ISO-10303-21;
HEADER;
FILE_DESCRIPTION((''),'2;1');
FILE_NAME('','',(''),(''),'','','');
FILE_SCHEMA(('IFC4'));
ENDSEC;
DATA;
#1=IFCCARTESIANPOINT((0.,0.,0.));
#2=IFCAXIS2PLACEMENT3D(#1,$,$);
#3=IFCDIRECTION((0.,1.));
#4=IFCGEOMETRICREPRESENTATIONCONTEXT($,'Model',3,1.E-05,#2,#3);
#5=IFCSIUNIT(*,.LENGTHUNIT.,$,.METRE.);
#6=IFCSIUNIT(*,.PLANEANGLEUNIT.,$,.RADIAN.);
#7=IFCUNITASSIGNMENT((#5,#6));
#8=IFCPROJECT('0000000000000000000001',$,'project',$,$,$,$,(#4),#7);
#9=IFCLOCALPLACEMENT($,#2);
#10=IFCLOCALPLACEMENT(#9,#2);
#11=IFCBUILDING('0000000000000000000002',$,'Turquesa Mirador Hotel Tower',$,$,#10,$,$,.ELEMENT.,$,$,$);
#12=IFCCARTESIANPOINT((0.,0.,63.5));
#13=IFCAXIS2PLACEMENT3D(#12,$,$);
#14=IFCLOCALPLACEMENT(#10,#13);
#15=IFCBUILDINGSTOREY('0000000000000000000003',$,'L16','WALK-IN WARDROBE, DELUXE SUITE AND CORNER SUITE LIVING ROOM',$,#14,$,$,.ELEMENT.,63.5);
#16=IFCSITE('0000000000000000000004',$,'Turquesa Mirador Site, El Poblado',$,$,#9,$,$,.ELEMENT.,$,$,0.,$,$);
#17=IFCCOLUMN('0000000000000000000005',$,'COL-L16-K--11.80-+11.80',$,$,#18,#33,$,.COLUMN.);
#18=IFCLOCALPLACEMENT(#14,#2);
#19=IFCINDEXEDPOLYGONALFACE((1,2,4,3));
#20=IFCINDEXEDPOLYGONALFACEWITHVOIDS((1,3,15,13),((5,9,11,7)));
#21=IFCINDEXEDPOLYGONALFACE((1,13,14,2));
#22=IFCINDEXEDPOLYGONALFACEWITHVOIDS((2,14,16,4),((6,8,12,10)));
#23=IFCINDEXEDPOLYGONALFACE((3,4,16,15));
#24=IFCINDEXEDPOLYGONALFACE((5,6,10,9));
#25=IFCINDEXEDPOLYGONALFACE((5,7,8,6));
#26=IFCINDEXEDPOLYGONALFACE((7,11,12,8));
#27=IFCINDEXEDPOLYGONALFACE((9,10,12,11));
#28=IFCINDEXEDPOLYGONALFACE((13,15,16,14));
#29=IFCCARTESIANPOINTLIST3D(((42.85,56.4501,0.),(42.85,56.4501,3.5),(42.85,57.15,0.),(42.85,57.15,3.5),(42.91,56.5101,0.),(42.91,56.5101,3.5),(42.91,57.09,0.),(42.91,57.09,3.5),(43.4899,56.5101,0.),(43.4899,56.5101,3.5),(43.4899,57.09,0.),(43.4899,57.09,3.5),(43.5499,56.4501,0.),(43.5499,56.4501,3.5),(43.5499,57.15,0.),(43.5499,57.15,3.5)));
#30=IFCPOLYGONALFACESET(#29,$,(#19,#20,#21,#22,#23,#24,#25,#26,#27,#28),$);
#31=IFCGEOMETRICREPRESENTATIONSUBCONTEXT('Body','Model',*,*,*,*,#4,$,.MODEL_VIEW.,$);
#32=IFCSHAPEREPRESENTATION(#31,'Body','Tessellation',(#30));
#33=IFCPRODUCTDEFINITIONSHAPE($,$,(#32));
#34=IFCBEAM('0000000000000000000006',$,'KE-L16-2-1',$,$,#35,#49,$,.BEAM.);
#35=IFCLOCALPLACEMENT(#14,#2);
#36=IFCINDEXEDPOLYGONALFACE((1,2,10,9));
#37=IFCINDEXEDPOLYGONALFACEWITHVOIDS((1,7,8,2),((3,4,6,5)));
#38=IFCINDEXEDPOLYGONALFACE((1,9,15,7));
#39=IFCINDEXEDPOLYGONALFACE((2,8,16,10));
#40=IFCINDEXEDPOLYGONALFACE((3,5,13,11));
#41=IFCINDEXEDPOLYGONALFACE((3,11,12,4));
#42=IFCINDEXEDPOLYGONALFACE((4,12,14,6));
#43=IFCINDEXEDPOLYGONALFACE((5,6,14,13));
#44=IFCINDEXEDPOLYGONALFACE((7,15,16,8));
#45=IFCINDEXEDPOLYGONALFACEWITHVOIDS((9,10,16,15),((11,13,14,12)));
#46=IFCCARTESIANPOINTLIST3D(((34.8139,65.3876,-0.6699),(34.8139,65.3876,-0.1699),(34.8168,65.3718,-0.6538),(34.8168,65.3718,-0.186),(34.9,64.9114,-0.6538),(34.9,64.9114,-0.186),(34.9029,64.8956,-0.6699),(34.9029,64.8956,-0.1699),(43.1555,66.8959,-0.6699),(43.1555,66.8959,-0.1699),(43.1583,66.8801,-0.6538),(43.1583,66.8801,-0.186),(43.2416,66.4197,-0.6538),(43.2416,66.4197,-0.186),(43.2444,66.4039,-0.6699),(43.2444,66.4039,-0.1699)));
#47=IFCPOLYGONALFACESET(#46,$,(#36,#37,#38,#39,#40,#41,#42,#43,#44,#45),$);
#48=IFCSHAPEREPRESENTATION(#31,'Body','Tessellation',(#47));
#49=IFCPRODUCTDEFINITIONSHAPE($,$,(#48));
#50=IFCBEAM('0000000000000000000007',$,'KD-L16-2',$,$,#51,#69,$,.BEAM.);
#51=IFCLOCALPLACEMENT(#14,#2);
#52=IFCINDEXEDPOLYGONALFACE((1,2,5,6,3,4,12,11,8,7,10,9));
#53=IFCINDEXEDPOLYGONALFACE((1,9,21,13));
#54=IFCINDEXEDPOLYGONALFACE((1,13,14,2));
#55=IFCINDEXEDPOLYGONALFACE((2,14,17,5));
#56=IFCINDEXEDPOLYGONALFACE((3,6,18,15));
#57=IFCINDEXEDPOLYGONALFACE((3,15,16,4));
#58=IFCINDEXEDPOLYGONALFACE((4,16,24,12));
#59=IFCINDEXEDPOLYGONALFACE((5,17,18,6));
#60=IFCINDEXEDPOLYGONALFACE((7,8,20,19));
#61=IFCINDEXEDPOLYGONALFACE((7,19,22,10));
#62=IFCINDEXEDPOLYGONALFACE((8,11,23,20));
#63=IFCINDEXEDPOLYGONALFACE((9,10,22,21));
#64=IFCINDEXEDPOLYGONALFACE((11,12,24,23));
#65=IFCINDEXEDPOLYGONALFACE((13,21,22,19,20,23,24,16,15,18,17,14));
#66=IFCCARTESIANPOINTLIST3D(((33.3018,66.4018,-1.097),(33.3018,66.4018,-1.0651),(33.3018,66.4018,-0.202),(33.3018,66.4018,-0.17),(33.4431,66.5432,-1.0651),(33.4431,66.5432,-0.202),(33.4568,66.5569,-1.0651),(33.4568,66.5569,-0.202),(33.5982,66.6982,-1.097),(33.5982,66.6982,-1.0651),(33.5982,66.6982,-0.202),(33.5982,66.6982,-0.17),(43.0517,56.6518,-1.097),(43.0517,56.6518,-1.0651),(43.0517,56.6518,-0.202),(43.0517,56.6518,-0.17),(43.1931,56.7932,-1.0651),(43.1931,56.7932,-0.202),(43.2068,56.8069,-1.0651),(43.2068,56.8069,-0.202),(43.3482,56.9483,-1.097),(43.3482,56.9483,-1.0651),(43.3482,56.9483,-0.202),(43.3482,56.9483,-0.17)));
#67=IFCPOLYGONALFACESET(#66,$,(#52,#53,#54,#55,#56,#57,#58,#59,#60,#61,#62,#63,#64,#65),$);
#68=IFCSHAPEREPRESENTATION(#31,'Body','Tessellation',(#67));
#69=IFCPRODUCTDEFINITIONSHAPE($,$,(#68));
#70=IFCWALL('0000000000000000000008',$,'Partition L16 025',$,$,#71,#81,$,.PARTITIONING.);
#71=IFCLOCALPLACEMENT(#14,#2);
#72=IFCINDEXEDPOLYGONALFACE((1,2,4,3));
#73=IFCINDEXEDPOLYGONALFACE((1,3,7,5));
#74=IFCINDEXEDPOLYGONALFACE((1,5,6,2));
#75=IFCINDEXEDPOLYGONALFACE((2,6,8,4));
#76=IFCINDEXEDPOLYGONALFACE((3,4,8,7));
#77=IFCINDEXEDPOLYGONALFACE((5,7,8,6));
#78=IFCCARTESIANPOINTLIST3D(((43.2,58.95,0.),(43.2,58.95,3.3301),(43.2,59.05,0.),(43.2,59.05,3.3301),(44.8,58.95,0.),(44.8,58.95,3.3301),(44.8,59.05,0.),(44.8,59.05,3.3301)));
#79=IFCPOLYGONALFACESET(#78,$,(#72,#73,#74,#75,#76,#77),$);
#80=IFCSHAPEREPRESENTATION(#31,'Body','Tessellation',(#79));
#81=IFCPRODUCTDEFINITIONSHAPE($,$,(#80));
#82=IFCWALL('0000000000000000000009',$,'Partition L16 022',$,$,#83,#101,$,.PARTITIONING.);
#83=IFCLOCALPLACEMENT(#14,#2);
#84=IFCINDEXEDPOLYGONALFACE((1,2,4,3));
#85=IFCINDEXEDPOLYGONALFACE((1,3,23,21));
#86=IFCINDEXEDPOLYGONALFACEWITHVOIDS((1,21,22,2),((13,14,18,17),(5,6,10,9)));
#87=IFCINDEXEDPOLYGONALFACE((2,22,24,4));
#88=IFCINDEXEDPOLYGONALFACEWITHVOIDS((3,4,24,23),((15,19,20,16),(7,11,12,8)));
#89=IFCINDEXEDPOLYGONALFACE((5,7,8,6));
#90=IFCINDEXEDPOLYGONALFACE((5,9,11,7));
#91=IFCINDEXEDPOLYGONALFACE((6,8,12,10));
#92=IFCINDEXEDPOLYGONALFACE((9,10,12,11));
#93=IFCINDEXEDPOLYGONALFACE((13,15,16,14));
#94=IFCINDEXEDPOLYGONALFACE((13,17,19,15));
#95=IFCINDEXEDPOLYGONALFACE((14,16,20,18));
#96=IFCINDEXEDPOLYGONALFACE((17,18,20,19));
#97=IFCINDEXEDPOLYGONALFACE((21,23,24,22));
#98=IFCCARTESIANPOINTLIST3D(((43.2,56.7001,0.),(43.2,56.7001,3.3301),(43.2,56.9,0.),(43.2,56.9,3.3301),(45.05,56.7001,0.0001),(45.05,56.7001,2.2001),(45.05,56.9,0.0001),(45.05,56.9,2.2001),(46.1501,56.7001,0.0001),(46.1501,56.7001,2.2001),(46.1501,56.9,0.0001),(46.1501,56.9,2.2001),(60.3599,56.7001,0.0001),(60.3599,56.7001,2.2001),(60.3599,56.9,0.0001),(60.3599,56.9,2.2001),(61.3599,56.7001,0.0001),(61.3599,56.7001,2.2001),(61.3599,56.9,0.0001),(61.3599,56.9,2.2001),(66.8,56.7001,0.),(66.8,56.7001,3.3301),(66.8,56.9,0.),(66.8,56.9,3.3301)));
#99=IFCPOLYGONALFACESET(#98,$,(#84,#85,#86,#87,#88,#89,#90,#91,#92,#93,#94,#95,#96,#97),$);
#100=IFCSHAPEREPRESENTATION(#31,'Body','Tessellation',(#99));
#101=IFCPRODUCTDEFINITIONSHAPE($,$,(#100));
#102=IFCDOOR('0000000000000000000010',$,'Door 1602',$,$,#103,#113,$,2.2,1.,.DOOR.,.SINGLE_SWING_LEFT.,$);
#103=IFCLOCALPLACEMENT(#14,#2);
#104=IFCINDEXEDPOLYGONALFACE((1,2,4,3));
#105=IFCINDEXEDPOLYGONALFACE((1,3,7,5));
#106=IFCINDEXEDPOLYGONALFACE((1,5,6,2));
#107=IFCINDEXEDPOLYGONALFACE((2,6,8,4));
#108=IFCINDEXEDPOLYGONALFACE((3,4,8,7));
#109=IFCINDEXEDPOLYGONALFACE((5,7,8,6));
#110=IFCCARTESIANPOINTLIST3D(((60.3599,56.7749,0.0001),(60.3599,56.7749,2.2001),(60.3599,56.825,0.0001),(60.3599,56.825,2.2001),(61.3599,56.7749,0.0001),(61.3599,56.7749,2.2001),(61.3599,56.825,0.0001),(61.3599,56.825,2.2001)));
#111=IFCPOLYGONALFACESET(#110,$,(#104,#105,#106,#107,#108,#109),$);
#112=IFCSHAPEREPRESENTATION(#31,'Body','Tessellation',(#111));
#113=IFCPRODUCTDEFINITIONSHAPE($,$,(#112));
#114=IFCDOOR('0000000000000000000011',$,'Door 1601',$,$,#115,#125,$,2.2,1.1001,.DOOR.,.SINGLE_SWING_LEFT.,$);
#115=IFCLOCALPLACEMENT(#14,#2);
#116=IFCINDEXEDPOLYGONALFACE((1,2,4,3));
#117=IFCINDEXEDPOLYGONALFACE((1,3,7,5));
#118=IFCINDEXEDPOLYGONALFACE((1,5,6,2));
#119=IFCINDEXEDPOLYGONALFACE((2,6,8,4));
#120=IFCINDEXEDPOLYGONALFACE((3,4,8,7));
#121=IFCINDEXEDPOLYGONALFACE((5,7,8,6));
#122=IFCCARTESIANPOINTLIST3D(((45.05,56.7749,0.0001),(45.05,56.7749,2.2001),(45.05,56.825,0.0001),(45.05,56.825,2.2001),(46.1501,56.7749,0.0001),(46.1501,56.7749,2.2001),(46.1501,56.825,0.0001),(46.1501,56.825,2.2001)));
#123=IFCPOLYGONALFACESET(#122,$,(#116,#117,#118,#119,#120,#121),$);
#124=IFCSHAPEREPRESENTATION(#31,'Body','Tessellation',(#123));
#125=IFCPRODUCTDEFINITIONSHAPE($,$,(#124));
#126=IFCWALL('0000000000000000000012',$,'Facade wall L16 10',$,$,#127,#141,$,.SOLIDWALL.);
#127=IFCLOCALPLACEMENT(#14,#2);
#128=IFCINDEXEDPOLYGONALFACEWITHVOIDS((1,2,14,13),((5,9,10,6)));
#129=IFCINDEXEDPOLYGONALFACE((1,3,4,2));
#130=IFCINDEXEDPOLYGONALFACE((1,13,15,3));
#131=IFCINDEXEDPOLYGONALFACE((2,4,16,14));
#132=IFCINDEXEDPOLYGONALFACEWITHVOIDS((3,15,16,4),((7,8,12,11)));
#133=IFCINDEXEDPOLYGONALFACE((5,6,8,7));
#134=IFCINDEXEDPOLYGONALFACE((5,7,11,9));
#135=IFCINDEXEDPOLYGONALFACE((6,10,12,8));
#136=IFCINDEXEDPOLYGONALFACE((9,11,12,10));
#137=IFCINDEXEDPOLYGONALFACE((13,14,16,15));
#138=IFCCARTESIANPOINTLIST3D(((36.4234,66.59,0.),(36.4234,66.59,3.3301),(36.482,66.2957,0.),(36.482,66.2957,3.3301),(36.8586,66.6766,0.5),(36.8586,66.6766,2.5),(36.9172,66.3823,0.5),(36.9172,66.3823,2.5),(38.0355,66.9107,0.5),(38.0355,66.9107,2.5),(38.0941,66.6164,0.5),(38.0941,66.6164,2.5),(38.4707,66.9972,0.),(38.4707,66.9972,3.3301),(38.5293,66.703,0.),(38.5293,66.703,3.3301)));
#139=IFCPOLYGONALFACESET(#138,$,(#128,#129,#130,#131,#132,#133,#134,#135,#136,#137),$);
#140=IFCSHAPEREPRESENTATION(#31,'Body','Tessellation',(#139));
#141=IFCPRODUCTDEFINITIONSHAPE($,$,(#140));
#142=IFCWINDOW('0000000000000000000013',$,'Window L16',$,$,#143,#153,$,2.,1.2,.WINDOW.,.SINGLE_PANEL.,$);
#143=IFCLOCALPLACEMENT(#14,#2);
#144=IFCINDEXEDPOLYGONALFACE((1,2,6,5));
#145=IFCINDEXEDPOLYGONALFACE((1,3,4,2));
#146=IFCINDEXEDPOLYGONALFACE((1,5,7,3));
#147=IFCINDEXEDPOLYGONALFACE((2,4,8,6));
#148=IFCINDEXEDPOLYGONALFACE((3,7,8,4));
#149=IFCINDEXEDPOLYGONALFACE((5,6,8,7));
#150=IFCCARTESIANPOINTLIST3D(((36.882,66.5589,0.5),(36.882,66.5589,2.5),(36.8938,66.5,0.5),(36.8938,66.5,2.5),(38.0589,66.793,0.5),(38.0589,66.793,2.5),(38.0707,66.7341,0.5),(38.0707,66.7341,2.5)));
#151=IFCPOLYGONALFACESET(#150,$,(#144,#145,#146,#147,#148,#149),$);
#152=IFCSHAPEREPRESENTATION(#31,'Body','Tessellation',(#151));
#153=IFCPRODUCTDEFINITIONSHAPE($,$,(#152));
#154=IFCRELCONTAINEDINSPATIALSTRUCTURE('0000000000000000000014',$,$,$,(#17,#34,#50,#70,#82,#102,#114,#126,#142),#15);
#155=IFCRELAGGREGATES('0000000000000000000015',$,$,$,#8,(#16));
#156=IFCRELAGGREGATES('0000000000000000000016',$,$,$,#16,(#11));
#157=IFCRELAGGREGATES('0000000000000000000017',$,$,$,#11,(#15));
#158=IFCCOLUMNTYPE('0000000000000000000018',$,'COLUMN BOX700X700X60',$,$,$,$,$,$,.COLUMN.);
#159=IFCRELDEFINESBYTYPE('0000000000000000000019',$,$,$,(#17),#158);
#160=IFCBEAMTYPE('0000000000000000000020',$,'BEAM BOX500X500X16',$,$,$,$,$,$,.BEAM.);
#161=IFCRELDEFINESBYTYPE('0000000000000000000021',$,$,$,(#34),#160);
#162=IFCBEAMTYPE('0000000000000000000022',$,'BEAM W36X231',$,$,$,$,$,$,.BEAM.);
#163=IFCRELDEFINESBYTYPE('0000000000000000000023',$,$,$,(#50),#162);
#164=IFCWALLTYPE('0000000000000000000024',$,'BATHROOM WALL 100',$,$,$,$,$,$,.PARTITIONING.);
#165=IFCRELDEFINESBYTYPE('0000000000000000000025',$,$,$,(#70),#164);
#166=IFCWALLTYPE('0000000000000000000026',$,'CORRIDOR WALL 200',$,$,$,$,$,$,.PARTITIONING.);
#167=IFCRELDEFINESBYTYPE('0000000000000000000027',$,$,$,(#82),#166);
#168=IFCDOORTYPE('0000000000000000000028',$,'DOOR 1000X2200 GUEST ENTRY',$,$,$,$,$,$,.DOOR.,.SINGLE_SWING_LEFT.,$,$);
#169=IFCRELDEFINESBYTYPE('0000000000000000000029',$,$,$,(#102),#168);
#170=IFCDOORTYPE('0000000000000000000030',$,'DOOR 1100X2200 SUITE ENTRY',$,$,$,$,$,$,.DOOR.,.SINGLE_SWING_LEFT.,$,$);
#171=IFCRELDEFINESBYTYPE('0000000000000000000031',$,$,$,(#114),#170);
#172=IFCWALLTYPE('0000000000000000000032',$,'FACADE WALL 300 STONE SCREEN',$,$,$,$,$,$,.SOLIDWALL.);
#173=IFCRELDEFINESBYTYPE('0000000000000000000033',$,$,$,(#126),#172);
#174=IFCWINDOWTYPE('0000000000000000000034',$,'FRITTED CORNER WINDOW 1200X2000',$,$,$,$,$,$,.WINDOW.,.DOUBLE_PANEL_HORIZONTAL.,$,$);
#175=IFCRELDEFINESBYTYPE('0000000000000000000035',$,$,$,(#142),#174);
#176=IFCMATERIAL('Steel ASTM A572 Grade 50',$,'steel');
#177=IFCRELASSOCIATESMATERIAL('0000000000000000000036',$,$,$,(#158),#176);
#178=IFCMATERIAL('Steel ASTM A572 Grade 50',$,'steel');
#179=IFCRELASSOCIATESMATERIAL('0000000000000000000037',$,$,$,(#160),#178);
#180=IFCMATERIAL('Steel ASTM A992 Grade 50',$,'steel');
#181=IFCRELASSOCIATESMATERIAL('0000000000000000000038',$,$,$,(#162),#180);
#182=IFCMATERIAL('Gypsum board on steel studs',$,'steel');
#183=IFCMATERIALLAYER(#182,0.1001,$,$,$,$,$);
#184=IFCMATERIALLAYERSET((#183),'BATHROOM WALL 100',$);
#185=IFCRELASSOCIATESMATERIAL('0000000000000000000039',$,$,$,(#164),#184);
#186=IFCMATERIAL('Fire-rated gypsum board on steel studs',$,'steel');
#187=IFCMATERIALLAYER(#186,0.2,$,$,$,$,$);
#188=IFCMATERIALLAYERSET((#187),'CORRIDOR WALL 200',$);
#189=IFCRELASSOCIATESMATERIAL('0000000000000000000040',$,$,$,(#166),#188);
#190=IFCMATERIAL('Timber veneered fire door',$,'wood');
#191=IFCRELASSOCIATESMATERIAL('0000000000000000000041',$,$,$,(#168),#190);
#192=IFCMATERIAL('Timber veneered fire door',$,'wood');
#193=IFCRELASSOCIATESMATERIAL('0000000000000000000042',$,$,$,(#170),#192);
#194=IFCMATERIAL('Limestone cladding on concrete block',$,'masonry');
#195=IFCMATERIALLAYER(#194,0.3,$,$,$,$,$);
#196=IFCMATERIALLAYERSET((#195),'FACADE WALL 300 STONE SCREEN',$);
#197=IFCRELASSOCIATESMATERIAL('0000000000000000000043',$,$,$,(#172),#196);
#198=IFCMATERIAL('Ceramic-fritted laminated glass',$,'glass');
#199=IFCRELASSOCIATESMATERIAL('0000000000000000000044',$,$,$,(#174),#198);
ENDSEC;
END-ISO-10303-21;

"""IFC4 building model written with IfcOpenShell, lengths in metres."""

from ifc_helpers import new_model, si_unit, direction, frame, frame_2d, origin, origin_2d, place, context, subcontext, project, spatial, rectangle, hollow_rectangle, i_section, extrude, material, layer, layer_set, material_profile, profile_set, type_object, element, fill, save


model = new_model("IFC4")

# Units and contexts
model_context = context("Model", 3, precision=1e-05, world=origin(), true_north=direction((0.0, 1.0)))
body_context = subcontext(model_context, "Body", "Model", "MODEL_VIEW")
ifc_project = project(units=[si_unit("LENGTHUNIT", "METRE"), si_unit("PLANEANGLEUNIT", "RADIAN")], contexts=[model_context])

# Site, building, storey
site_placement = place(None, origin())
site = spatial("IfcSite", under=ifc_project, at=site_placement, Name="Turquesa Mirador Site, El Poblado", CompositionType="ELEMENT", RefElevation=0.0)
building_placement = place(site_placement, origin())
building = spatial("IfcBuilding", under=site, at=building_placement, Name="Turquesa Mirador Hotel Tower", CompositionType="ELEMENT")
storey_placement = place(building_placement, frame((0.0, 0.0, 63.5)))
storey = spatial("IfcBuildingStorey", under=building, at=storey_placement, Name="L16", Description="WALK-IN WARDROBE, DELUXE SUITE AND CORNER SUITE LIVING ROOM", CompositionType="ELEMENT", Elevation=63.5)

# Column
ifc_material_1 = material(Name="Steel ASTM A572 Grade 50", Category="steel")
ifc_material_profile_1 = material_profile(ifc_material_1, hollow_rectangle(XDim=0.7, YDim=0.7, WallThickness=0.0601, at=origin_2d()), Name="BOX700X700X60")
ifc_profile_set_1 = profile_set([ifc_material_profile_1], Name="Steel ASTM A572 Grade 50")
column_type = type_object("IfcColumnType", Name="COLUMN BOX700X700X60", PredefinedType="COLUMN", material=ifc_profile_set_1)
column_placement = place(storey_placement, frame((43.2, 56.8, 0.0), z_axis=(0.0, 0.0, 1.0), x_axis=(1.0, 0.0, 0.0)))
element("IfcColumn", 1, at=column_placement, inside=storey, type_object=column_type, Name="COL-L16-K--11.80-+11.80", PredefinedType="COLUMN", context=body_context, shape_type="SweptSolid", body=[
    extrude(hollow_rectangle(XDim=0.7, YDim=0.7, WallThickness=0.0601, at=origin_2d()), origin(), (0.0, 0.0, 1.0), 3.5),
])

# Beams
ifc_material_2 = material(Name="Steel ASTM A572 Grade 50", Category="steel")
ifc_material_profile_2 = material_profile(ifc_material_2, hollow_rectangle(XDim=0.5, YDim=0.5, WallThickness=0.0161, at=origin_2d()), Name="BOX500X500X16")
ifc_profile_set_2 = profile_set([ifc_material_profile_2], Name="Steel ASTM A572 Grade 50")
beam_type_1 = type_object("IfcBeamType", Name="BEAM BOX500X500X16", PredefinedType="BEAM", material=ifc_profile_set_2)
beam_1_placement = place(storey_placement, frame((34.8584, 65.1416, -0.4199), z_axis=(0.984043, 0.177932, 0.0), x_axis=(-0.177932, 0.984043, 0.0)))
element("IfcBeam", 2, at=beam_1_placement, inside=storey, type_object=beam_type_1, Name="KE-L16-2-1", PredefinedType="BEAM", context=body_context, shape_type="SweptSolid", body=[
    extrude(hollow_rectangle(XDim=0.5, YDim=0.5, WallThickness=0.0161, at=origin_2d()), origin(), (0.0, 0.0, 1.0), 8.4768),
])
ifc_material_3 = material(Name="Steel ASTM A992 Grade 50", Category="steel")
ifc_material_profile_3 = material_profile(ifc_material_3, i_section(OverallWidth=0.4192, OverallDepth=0.927, WebThickness=0.0193, FlangeThickness=0.032, at=origin_2d()), Name="W36X231")
ifc_profile_set_3 = profile_set([ifc_material_profile_3], Name="Steel ASTM A992 Grade 50")
beam_type_2 = type_object("IfcBeamType", Name="BEAM W36X231", PredefinedType="BEAM", material=ifc_profile_set_3)
beam_2_placement = place(storey_placement, frame((43.2, 56.8, -0.6335), z_axis=(-0.707107, 0.707107, 0.0), x_axis=(-0.707107, -0.707107, 0.0)))
element("IfcBeam", 3, at=beam_2_placement, inside=storey, type_object=beam_type_2, Name="KD-L16-2", PredefinedType="BEAM", context=body_context, shape_type="SweptSolid", body=[
    extrude(i_section(OverallWidth=0.4192, OverallDepth=0.927, WebThickness=0.0193, FlangeThickness=0.032, at=origin_2d()), origin(), (0.0, 0.0, 1.0), 13.7886),
])

# Wall
ifc_material_4 = material(Name="Gypsum board on steel studs", Category="steel")
ifc_layer_1 = layer(ifc_material_4, 0.1001)
ifc_layer_set_1 = layer_set([ifc_layer_1], Name="BATHROOM WALL 100")
wall_type_1 = type_object("IfcWallType", Name="BATHROOM WALL 100", PredefinedType="PARTITIONING", material=ifc_layer_set_1)
wall_1_placement = place(storey_placement, frame((43.2, 59.0, 0.0), z_axis=(0.0, 0.0, 1.0), x_axis=(1.0, 0.0, 0.0)))
element("IfcWall", 4, at=wall_1_placement, inside=storey, type_object=wall_type_1, Name="Partition L16 025", PredefinedType="PARTITIONING", context=body_context, shape_type="SweptSolid", body=[
    extrude(rectangle(XDim=1.6001, YDim=0.1001, at=frame_2d((0.8, 0.0))), origin(), (0.0, 0.0, 1.0), 3.3301),
])

# Wall, openings, doors
ifc_material_5 = material(Name="Fire-rated gypsum board on steel studs", Category="steel")
ifc_layer_2 = layer(ifc_material_5, 0.2)
ifc_layer_set_2 = layer_set([ifc_layer_2], Name="CORRIDOR WALL 200")
wall_type_2 = type_object("IfcWallType", Name="CORRIDOR WALL 200", PredefinedType="PARTITIONING", material=ifc_layer_set_2)
wall_2_placement = place(storey_placement, frame((43.2, 56.8, 0.0), z_axis=(0.0, 0.0, 1.0), x_axis=(1.0, 0.0, 0.0)))
wall_2 = element("IfcWall", 5, at=wall_2_placement, inside=storey, type_object=wall_type_2, Name="Partition L16 022", PredefinedType="PARTITIONING", context=body_context, shape_type="SweptSolid", body=[
    extrude(rectangle(XDim=23.6001, YDim=0.2, at=frame_2d((11.8, 0.0))), origin(), (0.0, 0.0, 1.0), 3.3301),
])
opening_1_placement = place(wall_2_placement, frame((1.8501, 0.0, 0.0)))
opening_1 = element("IfcOpeningElement", 6, at=opening_1_placement, cuts=wall_2, PredefinedType="OPENING", context=body_context, shape_type="SweptSolid", body=[
    extrude(rectangle(XDim=1.1001, YDim=2.2, at=frame_2d((0.55, 1.1001))), frame((0.0, 0.1099, 0.0), z_axis=(0.0, -1.0, 0.0), x_axis=(1.0, 0.0, 0.0)), (0.0, 0.0, 1.0), 0.22),
])
opening_2_placement = place(wall_2_placement, frame((17.1599, 0.0, 0.0)))
opening_2 = element("IfcOpeningElement", 7, at=opening_2_placement, cuts=wall_2, PredefinedType="OPENING", context=body_context, shape_type="SweptSolid", body=[
    extrude(rectangle(XDim=1.0, YDim=2.2, at=frame_2d((0.5, 1.1001))), frame((0.0, 0.1099, 0.0), z_axis=(0.0, -1.0, 0.0), x_axis=(1.0, 0.0, 0.0)), (0.0, 0.0, 1.0), 0.22),
])
ifc_material_6 = material(Name="Timber veneered fire door", Category="wood")
door_type_1 = type_object("IfcDoorType", Name="DOOR 1000X2200 GUEST ENTRY", OperationType="SINGLE_SWING_LEFT", PredefinedType="DOOR", material=ifc_material_6)
door_1_placement = place(opening_2_placement, origin())
door_1 = element("IfcDoor", 8, at=door_1_placement, inside=storey, type_object=door_type_1, Name="Door 1602", OperationType="SINGLE_SWING_LEFT", OverallHeight=2.2, OverallWidth=1.0, PredefinedType="DOOR", context=body_context, shape_type="SweptSolid", body=[
    extrude(rectangle(XDim=1.0, YDim=2.2, at=frame_2d((0.5, 1.1001))), frame((0.0, 0.0249, 0.0), z_axis=(0.0, -1.0, 0.0), x_axis=(1.0, 0.0, 0.0)), (0.0, 0.0, 1.0), 0.05),
])
fill(opening_2, door_1)
ifc_material_7 = material(Name="Timber veneered fire door", Category="wood")
door_type_2 = type_object("IfcDoorType", Name="DOOR 1100X2200 SUITE ENTRY", OperationType="SINGLE_SWING_LEFT", PredefinedType="DOOR", material=ifc_material_7)
door_2_placement = place(opening_1_placement, origin())
door_2 = element("IfcDoor", 9, at=door_2_placement, inside=storey, type_object=door_type_2, Name="Door 1601", OperationType="SINGLE_SWING_LEFT", OverallHeight=2.2, OverallWidth=1.1001, PredefinedType="DOOR", context=body_context, shape_type="SweptSolid", body=[
    extrude(rectangle(XDim=1.1001, YDim=2.2, at=frame_2d((0.55, 1.1001))), frame((0.0, 0.0249, 0.0), z_axis=(0.0, -1.0, 0.0), x_axis=(1.0, 0.0, 0.0)), (0.0, 0.0, 1.0), 0.05),
])
fill(opening_1, door_2)

# Wall, opening, window
ifc_material_8 = material(Name="Limestone cladding on concrete block", Category="masonry")
ifc_layer_3 = layer(ifc_material_8, 0.3)
ifc_layer_set_3 = layer_set([ifc_layer_3], Name="FACADE WALL 300 STONE SCREEN")
wall_type_3 = type_object("IfcWallType", Name="FACADE WALL 300 STONE SCREEN", PredefinedType="SOLIDWALL", material=ifc_layer_set_3)
wall_3_placement = place(storey_placement, frame((38.5, 66.8501, 0.0), z_axis=(0.0, 0.0, 1.0), x_axis=(-0.980787, -0.195081, 0.0)))
wall_3 = element("IfcWall", 10, at=wall_3_placement, inside=storey, type_object=wall_type_3, Name="Facade wall L16 10", PredefinedType="SOLIDWALL", context=body_context, shape_type="SweptSolid", body=[
    extrude(rectangle(XDim=2.0874, YDim=0.3, at=frame_2d((1.0437, 0.0))), origin(), (0.0, 0.0, 1.0), 3.3301),
])
opening_3_placement = place(wall_3_placement, frame((0.4436, 0.0, 0.5)))
opening_3 = element("IfcOpeningElement", 11, at=opening_3_placement, cuts=wall_3, PredefinedType="OPENING", context=body_context, shape_type="SweptSolid", body=[
    extrude(rectangle(XDim=1.2, YDim=2.0, at=frame_2d((0.6001, 1.0))), frame((0.0, 0.1599, 0.0), z_axis=(0.0, -1.0, 0.0), x_axis=(1.0, 0.0, 0.0)), (0.0, 0.0, 1.0), 0.3201),
])
ifc_material_9 = material(Name="Ceramic-fritted laminated glass", Category="glass")
window_type = type_object("IfcWindowType", Name="FRITTED CORNER WINDOW 1200X2000", PartitioningType="DOUBLE_PANEL_HORIZONTAL", PredefinedType="WINDOW", material=ifc_material_9)
window_1_placement = place(opening_3_placement, origin())
window_1 = element("IfcWindow", 12, at=window_1_placement, inside=storey, type_object=window_type, Name="Window L16", OverallHeight=2.0, OverallWidth=1.2, PartitioningType="SINGLE_PANEL", PredefinedType="WINDOW", context=body_context, shape_type="SweptSolid", body=[
    extrude(rectangle(XDim=1.2, YDim=2.0, at=frame_2d((0.6001, 1.0))), frame((0.0, 0.03, 0.0), z_axis=(0.0, -1.0, 0.0), x_axis=(1.0, 0.0, 0.0)), (0.0, 0.0, 1.0), 0.0601),
])
fill(opening_3, window_1)

save(model, "model.ifc")
